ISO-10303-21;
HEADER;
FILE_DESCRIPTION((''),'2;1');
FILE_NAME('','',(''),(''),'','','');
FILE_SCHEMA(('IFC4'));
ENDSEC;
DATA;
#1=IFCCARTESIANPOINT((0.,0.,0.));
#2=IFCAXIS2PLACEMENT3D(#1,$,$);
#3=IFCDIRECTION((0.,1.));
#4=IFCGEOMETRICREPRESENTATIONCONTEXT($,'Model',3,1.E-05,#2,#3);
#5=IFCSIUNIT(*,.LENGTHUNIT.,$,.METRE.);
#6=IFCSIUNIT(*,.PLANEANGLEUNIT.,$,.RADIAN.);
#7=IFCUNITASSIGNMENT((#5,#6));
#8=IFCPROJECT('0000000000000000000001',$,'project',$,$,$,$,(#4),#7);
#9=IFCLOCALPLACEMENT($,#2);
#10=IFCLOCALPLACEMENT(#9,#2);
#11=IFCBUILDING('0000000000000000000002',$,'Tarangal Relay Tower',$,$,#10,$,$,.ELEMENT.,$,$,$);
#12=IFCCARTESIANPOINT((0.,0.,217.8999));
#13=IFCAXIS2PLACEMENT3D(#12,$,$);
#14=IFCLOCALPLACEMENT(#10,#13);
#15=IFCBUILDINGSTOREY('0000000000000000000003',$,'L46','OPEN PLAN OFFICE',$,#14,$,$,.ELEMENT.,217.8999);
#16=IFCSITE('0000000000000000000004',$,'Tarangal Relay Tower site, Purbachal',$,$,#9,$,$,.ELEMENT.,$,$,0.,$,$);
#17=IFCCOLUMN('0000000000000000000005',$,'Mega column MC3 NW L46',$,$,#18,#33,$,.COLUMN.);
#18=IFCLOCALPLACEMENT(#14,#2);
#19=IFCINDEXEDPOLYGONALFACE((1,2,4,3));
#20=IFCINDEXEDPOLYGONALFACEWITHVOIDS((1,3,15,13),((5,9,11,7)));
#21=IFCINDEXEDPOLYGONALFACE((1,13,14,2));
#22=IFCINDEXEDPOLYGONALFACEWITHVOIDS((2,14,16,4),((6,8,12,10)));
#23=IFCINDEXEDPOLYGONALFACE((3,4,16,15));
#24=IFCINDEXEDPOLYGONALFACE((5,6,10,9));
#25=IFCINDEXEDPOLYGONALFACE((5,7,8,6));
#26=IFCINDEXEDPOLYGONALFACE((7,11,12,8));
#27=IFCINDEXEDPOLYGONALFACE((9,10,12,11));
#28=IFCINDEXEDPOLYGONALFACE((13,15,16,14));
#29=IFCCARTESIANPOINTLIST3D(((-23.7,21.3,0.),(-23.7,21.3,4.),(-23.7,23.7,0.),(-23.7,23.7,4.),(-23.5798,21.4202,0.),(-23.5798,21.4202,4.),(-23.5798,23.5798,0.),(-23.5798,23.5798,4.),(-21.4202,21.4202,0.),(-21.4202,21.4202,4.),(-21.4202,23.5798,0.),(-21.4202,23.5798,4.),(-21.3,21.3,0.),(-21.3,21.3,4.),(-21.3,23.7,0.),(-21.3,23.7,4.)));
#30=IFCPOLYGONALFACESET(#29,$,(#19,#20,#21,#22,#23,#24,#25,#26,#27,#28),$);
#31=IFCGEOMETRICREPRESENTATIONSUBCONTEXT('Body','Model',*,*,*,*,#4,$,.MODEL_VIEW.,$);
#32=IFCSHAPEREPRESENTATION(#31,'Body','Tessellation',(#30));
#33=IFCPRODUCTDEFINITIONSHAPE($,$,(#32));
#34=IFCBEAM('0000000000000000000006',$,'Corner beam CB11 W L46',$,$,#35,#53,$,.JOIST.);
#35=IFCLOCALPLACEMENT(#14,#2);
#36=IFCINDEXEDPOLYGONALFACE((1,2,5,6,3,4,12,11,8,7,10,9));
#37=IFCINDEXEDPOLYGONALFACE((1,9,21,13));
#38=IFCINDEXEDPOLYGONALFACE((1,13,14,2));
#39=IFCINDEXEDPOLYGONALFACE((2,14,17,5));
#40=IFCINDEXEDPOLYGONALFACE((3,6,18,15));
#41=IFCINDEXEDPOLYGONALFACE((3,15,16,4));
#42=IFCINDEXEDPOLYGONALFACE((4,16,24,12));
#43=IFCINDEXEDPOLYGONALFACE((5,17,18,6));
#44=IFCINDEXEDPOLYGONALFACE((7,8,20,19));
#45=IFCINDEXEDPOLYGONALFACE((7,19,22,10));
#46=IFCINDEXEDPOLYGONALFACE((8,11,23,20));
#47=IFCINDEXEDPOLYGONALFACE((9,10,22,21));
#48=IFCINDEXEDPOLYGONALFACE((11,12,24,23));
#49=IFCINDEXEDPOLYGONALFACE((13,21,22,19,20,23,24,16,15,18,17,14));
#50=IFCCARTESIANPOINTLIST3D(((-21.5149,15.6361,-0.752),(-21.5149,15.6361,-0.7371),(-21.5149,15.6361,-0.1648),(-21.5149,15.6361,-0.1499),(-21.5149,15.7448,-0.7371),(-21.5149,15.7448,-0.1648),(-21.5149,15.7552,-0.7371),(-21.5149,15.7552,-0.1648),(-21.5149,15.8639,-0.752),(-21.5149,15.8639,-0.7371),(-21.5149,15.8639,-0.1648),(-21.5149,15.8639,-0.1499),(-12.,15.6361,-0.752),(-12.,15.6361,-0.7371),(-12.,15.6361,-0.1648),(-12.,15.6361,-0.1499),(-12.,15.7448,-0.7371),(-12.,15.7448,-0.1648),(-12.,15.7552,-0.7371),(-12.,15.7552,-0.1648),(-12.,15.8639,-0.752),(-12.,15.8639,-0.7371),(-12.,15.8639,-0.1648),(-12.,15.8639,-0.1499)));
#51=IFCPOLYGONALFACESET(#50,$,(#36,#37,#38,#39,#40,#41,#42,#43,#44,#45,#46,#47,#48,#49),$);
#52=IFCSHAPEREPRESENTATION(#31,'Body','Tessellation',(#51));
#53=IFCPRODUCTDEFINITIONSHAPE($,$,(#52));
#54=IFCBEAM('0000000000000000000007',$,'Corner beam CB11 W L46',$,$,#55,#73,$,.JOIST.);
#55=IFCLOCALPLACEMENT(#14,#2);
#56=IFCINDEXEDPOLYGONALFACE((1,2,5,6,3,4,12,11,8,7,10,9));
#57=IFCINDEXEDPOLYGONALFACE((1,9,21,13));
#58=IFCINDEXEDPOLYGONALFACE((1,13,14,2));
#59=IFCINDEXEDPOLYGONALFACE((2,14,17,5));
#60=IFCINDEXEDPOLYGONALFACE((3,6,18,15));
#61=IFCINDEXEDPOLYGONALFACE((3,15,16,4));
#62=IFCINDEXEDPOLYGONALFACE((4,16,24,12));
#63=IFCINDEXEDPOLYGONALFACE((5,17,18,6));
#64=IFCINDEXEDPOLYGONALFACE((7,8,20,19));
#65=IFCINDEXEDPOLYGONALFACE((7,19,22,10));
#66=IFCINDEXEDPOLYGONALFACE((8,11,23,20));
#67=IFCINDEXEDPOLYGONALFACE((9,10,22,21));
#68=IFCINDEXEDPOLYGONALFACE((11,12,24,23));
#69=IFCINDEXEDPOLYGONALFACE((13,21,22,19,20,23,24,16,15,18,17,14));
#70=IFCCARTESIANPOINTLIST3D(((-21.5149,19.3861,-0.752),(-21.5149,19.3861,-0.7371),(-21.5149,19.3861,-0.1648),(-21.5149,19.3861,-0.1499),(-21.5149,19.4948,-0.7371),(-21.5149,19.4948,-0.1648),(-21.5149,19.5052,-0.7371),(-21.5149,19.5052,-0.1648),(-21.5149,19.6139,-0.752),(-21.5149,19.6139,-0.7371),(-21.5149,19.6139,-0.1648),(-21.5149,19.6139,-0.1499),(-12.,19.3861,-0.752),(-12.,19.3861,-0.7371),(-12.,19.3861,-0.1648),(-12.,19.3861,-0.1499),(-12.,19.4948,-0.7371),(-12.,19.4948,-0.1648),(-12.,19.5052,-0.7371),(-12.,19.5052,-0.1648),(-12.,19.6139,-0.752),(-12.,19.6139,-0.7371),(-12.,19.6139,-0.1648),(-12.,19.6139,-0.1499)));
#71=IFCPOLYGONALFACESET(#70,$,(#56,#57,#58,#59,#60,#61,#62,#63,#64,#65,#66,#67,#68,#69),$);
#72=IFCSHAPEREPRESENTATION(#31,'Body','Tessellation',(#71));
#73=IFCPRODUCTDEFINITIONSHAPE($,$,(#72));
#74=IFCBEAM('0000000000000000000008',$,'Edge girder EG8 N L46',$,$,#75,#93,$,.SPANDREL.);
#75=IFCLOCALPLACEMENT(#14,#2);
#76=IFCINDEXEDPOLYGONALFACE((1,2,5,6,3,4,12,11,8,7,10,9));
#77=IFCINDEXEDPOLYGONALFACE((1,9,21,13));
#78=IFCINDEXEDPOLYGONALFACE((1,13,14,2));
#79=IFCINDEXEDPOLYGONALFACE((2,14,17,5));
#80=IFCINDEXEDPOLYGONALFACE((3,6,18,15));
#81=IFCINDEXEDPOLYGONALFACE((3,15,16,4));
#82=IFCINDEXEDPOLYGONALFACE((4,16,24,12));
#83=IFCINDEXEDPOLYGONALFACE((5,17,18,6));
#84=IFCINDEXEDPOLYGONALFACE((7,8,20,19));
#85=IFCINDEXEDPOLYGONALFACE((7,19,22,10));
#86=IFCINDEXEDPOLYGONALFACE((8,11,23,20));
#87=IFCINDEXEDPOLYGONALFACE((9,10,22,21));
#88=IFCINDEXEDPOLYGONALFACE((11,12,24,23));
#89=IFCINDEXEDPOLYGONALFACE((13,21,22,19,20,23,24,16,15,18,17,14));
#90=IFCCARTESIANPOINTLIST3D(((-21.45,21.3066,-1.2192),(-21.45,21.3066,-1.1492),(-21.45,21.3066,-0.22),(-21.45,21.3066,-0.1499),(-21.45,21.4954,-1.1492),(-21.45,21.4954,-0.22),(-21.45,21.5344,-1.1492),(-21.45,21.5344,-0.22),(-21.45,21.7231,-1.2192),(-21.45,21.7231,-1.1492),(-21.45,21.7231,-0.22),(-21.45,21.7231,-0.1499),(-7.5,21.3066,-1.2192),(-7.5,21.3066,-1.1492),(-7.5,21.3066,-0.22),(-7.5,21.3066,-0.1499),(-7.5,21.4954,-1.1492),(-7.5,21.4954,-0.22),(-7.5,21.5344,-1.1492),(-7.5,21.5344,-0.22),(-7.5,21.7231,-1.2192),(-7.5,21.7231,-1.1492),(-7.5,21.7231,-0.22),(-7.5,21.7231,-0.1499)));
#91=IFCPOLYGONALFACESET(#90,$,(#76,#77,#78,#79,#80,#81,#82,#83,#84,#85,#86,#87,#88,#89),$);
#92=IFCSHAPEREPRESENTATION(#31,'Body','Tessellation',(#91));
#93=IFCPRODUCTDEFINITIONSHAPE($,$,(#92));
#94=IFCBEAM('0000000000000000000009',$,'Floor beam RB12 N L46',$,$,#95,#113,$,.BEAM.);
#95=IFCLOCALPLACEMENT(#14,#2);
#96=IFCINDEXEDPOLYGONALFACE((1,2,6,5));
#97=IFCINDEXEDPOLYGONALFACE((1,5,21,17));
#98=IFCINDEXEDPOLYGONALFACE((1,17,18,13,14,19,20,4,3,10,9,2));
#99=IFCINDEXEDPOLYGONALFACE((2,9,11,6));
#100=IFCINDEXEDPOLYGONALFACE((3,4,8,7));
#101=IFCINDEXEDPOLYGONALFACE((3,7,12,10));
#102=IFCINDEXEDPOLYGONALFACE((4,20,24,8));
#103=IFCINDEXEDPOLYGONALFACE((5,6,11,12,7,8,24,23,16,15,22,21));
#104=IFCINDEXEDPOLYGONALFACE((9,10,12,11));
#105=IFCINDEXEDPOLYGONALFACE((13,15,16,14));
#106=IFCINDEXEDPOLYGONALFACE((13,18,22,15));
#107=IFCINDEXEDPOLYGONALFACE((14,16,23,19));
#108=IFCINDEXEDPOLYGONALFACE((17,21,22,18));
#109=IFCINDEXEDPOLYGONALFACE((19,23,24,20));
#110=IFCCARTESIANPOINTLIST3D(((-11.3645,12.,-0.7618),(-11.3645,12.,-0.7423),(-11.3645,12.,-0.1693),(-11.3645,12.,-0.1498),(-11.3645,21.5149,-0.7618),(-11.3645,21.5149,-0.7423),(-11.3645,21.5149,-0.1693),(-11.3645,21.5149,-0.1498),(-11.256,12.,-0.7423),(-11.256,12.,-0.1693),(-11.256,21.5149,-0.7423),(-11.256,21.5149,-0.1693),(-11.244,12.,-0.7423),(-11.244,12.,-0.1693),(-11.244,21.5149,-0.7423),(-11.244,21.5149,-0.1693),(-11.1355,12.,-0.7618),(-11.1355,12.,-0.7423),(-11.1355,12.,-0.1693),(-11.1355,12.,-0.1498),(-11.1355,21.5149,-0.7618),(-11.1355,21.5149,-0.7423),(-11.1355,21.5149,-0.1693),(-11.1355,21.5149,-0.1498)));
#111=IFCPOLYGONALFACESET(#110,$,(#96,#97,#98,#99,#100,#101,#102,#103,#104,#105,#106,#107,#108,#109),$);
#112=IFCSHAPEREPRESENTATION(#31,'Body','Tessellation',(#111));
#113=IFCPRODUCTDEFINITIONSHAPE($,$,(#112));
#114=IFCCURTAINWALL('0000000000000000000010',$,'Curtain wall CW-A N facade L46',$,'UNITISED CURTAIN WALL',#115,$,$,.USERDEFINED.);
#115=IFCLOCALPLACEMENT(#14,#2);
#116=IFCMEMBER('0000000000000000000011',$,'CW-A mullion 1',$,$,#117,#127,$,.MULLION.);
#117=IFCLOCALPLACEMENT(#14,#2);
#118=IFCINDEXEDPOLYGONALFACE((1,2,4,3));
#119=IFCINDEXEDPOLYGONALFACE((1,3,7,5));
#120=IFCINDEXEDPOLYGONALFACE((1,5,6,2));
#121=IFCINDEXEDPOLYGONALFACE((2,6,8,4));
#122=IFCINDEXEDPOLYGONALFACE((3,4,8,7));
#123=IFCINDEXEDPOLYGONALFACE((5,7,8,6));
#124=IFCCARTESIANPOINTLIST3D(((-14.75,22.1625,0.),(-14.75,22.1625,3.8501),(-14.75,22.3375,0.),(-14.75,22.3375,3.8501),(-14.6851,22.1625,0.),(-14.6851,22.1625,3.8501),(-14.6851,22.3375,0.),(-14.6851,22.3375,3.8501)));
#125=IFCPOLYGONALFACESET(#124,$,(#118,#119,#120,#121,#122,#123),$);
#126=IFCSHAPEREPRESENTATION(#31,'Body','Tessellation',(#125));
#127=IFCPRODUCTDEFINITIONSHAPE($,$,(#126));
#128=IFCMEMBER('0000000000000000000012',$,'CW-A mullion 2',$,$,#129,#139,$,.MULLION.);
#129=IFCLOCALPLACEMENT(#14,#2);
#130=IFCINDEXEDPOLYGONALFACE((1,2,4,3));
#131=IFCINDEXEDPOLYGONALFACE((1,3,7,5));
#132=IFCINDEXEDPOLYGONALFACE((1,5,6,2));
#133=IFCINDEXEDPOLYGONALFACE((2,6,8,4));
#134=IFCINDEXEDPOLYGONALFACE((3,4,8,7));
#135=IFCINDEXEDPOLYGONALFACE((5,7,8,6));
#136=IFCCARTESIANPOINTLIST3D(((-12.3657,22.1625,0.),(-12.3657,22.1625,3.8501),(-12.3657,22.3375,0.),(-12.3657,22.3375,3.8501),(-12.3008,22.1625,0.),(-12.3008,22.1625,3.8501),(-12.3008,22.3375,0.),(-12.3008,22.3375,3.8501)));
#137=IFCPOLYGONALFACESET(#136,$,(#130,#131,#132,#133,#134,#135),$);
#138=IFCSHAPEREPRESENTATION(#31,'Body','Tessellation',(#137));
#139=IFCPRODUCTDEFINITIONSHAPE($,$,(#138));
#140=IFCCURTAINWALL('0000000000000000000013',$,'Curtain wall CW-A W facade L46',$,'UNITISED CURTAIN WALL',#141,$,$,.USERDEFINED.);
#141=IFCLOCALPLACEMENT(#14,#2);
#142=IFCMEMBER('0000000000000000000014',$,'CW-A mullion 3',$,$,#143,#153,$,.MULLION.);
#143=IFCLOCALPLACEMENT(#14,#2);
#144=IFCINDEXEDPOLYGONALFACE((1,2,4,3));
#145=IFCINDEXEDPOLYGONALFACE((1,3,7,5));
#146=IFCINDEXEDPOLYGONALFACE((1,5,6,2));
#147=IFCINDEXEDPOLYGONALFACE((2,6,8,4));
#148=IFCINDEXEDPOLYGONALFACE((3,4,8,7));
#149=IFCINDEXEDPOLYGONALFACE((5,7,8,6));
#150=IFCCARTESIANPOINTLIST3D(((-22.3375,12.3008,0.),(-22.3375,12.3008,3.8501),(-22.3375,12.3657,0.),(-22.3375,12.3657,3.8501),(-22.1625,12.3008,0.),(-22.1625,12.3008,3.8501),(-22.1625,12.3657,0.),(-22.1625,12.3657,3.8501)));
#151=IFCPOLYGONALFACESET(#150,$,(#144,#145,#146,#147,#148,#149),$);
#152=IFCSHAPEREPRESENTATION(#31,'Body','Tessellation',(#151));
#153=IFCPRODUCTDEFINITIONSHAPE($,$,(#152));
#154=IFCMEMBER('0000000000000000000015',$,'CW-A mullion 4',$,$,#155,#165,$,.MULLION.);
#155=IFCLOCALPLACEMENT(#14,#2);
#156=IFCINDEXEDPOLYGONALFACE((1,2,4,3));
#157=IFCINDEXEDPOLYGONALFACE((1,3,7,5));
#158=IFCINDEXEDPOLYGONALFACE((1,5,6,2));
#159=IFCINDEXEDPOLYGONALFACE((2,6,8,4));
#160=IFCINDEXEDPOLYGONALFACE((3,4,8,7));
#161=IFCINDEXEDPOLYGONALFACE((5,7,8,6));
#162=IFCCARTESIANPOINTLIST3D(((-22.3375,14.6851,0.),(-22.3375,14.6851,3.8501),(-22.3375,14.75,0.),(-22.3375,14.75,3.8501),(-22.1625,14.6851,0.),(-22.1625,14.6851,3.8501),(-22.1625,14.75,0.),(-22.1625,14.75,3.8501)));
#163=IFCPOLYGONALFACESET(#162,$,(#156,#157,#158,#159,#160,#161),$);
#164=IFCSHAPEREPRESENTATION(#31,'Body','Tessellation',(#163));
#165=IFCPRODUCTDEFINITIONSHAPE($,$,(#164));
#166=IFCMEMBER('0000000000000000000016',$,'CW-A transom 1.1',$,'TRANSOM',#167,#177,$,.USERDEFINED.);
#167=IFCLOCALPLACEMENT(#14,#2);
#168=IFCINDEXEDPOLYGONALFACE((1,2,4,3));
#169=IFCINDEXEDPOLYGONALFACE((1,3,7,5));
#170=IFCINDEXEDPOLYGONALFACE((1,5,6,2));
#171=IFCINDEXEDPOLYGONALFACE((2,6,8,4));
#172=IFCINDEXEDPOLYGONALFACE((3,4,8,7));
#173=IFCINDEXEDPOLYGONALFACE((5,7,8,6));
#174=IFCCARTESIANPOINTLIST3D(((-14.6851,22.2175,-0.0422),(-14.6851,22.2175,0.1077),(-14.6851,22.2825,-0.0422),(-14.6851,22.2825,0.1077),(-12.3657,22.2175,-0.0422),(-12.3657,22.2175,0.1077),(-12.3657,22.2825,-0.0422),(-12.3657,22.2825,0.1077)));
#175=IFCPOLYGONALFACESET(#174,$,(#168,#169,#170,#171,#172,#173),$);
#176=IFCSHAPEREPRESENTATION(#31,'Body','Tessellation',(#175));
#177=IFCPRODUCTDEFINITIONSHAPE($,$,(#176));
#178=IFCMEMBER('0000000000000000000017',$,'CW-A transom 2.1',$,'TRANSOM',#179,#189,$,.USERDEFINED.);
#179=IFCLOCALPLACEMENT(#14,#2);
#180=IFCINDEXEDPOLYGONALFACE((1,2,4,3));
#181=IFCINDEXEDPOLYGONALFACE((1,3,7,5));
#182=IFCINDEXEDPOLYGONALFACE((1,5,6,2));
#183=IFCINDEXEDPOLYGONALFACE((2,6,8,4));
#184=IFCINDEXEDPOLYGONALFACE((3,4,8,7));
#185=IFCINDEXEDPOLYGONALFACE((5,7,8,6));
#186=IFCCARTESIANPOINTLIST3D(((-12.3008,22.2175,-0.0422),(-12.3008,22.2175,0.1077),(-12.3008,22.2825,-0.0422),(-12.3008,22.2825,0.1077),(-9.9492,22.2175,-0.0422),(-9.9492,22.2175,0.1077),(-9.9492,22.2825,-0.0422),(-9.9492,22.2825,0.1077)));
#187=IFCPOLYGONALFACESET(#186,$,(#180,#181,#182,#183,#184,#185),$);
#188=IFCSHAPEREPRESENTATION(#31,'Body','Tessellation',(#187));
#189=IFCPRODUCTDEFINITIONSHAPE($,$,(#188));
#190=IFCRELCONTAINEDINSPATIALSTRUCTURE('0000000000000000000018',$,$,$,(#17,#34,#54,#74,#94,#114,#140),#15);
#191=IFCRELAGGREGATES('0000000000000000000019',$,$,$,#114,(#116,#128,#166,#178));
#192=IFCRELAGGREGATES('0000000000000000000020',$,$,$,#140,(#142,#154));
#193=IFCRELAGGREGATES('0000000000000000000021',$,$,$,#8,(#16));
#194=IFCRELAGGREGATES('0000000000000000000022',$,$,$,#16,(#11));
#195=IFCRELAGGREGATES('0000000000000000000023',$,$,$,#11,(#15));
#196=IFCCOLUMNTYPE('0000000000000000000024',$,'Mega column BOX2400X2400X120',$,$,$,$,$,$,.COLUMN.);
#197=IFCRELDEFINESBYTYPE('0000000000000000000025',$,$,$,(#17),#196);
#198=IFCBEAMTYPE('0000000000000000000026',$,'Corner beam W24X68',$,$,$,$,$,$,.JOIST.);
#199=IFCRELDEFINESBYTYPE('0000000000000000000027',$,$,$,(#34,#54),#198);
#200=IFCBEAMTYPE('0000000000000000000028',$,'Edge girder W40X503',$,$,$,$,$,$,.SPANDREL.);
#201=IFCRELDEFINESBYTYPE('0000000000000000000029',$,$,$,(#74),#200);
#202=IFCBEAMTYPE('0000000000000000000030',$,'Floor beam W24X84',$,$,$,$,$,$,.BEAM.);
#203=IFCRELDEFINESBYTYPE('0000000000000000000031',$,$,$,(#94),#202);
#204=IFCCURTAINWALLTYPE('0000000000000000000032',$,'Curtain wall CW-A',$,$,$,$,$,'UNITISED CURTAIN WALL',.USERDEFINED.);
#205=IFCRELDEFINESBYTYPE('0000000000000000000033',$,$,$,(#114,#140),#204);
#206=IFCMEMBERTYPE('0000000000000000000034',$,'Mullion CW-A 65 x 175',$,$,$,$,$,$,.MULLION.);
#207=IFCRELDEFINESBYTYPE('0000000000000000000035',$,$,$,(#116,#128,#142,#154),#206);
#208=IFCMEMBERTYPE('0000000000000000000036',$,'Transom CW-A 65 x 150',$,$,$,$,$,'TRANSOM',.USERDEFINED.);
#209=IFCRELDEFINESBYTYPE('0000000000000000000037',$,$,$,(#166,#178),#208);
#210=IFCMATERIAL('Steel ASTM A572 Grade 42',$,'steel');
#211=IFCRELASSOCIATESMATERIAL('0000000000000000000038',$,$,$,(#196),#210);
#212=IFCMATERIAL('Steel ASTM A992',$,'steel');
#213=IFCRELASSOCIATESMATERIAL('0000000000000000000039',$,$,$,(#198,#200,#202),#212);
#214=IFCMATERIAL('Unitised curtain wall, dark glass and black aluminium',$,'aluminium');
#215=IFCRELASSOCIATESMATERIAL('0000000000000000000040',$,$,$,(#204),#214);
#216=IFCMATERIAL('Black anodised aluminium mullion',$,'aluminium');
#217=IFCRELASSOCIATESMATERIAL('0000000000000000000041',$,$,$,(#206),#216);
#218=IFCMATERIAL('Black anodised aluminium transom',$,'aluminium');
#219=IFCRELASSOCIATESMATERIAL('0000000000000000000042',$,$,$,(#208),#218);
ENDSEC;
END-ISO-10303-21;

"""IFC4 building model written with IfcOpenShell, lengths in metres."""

from ifc_helpers import new_model, si_unit, direction, frame, origin, origin_2d, place, context, subcontext, project, spatial, rectangle, hollow_rectangle, i_section, extrude, material, material_profile, profile_set, type_object, element, aggregate, save


model = new_model("IFC4")

# Units and contexts
model_context = context("Model", 3, precision=1e-05, world=origin(), true_north=direction((0.0, 1.0)))
body_context = subcontext(model_context, "Body", "Model", "MODEL_VIEW")
ifc_project = project(units=[si_unit("LENGTHUNIT", "METRE"), si_unit("PLANEANGLEUNIT", "RADIAN")], contexts=[model_context])

# Site, building, storey
site_placement = place(None, origin())
site = spatial("IfcSite", under=ifc_project, at=site_placement, Name="Tarangal Relay Tower site, Purbachal", CompositionType="ELEMENT", RefElevation=0.0)
building_placement = place(site_placement, origin())
building = spatial("IfcBuilding", under=site, at=building_placement, Name="Tarangal Relay Tower", CompositionType="ELEMENT")
storey_placement = place(building_placement, frame((0.0, 0.0, 217.8999)))
storey = spatial("IfcBuildingStorey", under=building, at=storey_placement, Name="L46", Description="OPEN PLAN OFFICE", CompositionType="ELEMENT", Elevation=217.8999)

# Column
ifc_material_1 = material(Name="Steel ASTM A572 Grade 42", Category="steel")
ifc_material_profile_1 = material_profile(ifc_material_1, hollow_rectangle(XDim=2.3999, YDim=2.3999, WallThickness=0.1201, at=origin_2d()), Name="BOX2400X2400X120")
ifc_profile_set_1 = profile_set([ifc_material_profile_1], Name="Steel ASTM A572 Grade 42")
column_type = type_object("IfcColumnType", Name="Mega column BOX2400X2400X120", PredefinedType="COLUMN", material=ifc_profile_set_1)
column_placement = place(storey_placement, frame((-22.5, 22.5, 0.0), z_axis=(0.0, 0.0, 1.0), x_axis=(1.0, 0.0, 0.0)))
element("IfcColumn", 1, at=column_placement, inside=storey, type_object=column_type, Name="Mega column MC3 NW L46", PredefinedType="COLUMN", context=body_context, shape_type="SweptSolid", body=[
    extrude(hollow_rectangle(XDim=2.3999, YDim=2.3999, WallThickness=0.1201, at=origin_2d()), origin(), (0.0, 0.0, 1.0), 4.0),
])

# Beams
ifc_material_2 = material(Name="Steel ASTM A992", Category="steel")
ifc_material_profile_2 = material_profile(ifc_material_2, i_section(OverallWidth=0.2278, OverallDepth=0.6021, WebThickness=0.0105, FlangeThickness=0.0149, at=origin_2d()), Name="W24X68")
ifc_profile_set_2 = profile_set([ifc_material_profile_2], Name="Steel ASTM A992")
beam_type_1 = type_object("IfcBeamType", Name="Corner beam W24X68", PredefinedType="JOIST", material=ifc_profile_set_2)
for number, where, z_axis, x_axis, name in (
    (2, (-12.0, 15.75, -0.4509), (-1.0, 0.0, 0.0), (0.0, -1.0, 0.0), "Corner beam CB11 W L46"),
    (3, (-12.0, 19.5, -0.4509), (-1.0, 0.0, 0.0), (0.0, -1.0, 0.0), "Corner beam CB11 W L46"),
):
    element("IfcBeam", number, at=place(storey_placement, frame(where, z_axis=z_axis, x_axis=x_axis)), inside=storey, type_object=beam_type_1, Name=name, PredefinedType="JOIST", context=body_context, shape_type="SweptSolid", body=[
        extrude(i_section(OverallWidth=0.2278, OverallDepth=0.6021, WebThickness=0.0105, FlangeThickness=0.0149, at=origin_2d()), origin(), (0.0, 0.0, 1.0), 9.5149),
    ])
ifc_material_profile_3 = material_profile(ifc_material_2, i_section(OverallWidth=0.4165, OverallDepth=1.0693, WebThickness=0.0391, FlangeThickness=0.0701, at=origin_2d()), Name="W40X503")
ifc_profile_set_3 = profile_set([ifc_material_profile_3], Name="Steel ASTM A992")
beam_type_2 = type_object("IfcBeamType", Name="Edge girder W40X503", PredefinedType="SPANDREL", material=ifc_profile_set_3)
beam_1_placement = place(storey_placement, frame((-21.45, 21.5149, -0.6846), z_axis=(1.0, 0.0, 0.0), x_axis=(0.0, 1.0, 0.0)))
element("IfcBeam", 4, at=beam_1_placement, inside=storey, type_object=beam_type_2, Name="Edge girder EG8 N L46", PredefinedType="SPANDREL", context=body_context, shape_type="SweptSolid", body=[
    extrude(i_section(OverallWidth=0.4165, OverallDepth=1.0693, WebThickness=0.0391, FlangeThickness=0.0701, at=origin_2d()), origin(), (0.0, 0.0, 1.0), 13.95),
])
ifc_material_profile_4 = material_profile(ifc_material_2, i_section(OverallWidth=0.229, OverallDepth=0.6121, WebThickness=0.012, FlangeThickness=0.0195, at=origin_2d()), Name="W24X84")
ifc_profile_set_4 = profile_set([ifc_material_profile_4], Name="Steel ASTM A992")
beam_type_3 = type_object("IfcBeamType", Name="Floor beam W24X84", PredefinedType="BEAM", material=ifc_profile_set_4)
beam_2_placement = place(storey_placement, frame((-11.25, 12.0, -0.4558), z_axis=(0.0, 1.0, 0.0), x_axis=(-1.0, 0.0, 0.0)))
element("IfcBeam", 5, at=beam_2_placement, inside=storey, type_object=beam_type_3, Name="Floor beam RB12 N L46", PredefinedType="BEAM", context=body_context, shape_type="SweptSolid", body=[
    extrude(i_section(OverallWidth=0.229, OverallDepth=0.6121, WebThickness=0.012, FlangeThickness=0.0195, at=origin_2d()), origin(), (0.0, 0.0, 1.0), 9.5149),
])

# Curtain walls, members
ifc_material_3 = material(Name="Unitised curtain wall, dark glass and black aluminium", Category="aluminium")
curtain_wall_type = type_object("IfcCurtainWallType", Name="Curtain wall CW-A", ElementType="UNITISED CURTAIN WALL", PredefinedType="USERDEFINED", material=ifc_material_3)
curtain_wall_1_placement = place(storey_placement, origin())
curtain_wall_1 = element("IfcCurtainWall", 6, at=curtain_wall_1_placement, inside=storey, type_object=curtain_wall_type, Name="Curtain wall CW-A N facade L46", ObjectType="UNITISED CURTAIN WALL", PredefinedType="USERDEFINED")
ifc_material_4 = material(Name="Black anodised aluminium mullion", Category="aluminium")
ifc_material_profile_5 = material_profile(ifc_material_4, rectangle(XDim=0.175, YDim=0.0649, at=origin_2d()), Name="CW-AM 65X175")
ifc_profile_set_5 = profile_set([ifc_material_profile_5], Name="Black anodised aluminium mullion")
member_type_1 = type_object("IfcMemberType", Name="Mullion CW-A 65 x 175", PredefinedType="MULLION", material=ifc_profile_set_5)
member_1_placement = place(storey_placement, frame((-14.7175, 22.25, 0.0), z_axis=(0.0, 0.0, 1.0), x_axis=(0.0, 1.0, 0.0)))
member_1 = element("IfcMember", 7, at=member_1_placement, type_object=member_type_1, Name="CW-A mullion 1", PredefinedType="MULLION", context=body_context, shape_type="SweptSolid", body=[
    extrude(rectangle(XDim=0.175, YDim=0.0649, at=origin_2d()), origin(), (0.0, 0.0, 1.0), 3.8501),
])
member_2_placement = place(storey_placement, frame((-12.3333, 22.25, 0.0), z_axis=(0.0, 0.0, 1.0), x_axis=(0.0, 1.0, 0.0)))
member_2 = element("IfcMember", 8, at=member_2_placement, type_object=member_type_1, Name="CW-A mullion 2", PredefinedType="MULLION", context=body_context, shape_type="SweptSolid", body=[
    extrude(rectangle(XDim=0.175, YDim=0.0649, at=origin_2d()), origin(), (0.0, 0.0, 1.0), 3.8501),
])
curtain_wall_2_placement = place(storey_placement, origin())
curtain_wall_2 = element("IfcCurtainWall", 9, at=curtain_wall_2_placement, inside=storey, type_object=curtain_wall_type, Name="Curtain wall CW-A W facade L46", ObjectType="UNITISED CURTAIN WALL", PredefinedType="USERDEFINED")
member_3_placement = place(storey_placement, frame((-22.25, 12.3333, 0.0), z_axis=(0.0, 0.0, 1.0), x_axis=(-1.0, 0.0, 0.0)))
member_3 = element("IfcMember", 10, at=member_3_placement, type_object=member_type_1, Name="CW-A mullion 3", PredefinedType="MULLION", context=body_context, shape_type="SweptSolid", body=[
    extrude(rectangle(XDim=0.175, YDim=0.0649, at=origin_2d()), origin(), (0.0, 0.0, 1.0), 3.8501),
])
member_4_placement = place(storey_placement, frame((-22.25, 14.7175, 0.0), z_axis=(0.0, 0.0, 1.0), x_axis=(-1.0, 0.0, 0.0)))
member_4 = element("IfcMember", 11, at=member_4_placement, type_object=member_type_1, Name="CW-A mullion 4", PredefinedType="MULLION", context=body_context, shape_type="SweptSolid", body=[
    extrude(rectangle(XDim=0.175, YDim=0.0649, at=origin_2d()), origin(), (0.0, 0.0, 1.0), 3.8501),
])

# Members
ifc_material_5 = material(Name="Black anodised aluminium transom", Category="aluminium")
ifc_material_profile_6 = material_profile(ifc_material_5, rectangle(XDim=0.0649, YDim=0.1499, at=origin_2d()), Name="CW-AT 65X150")
ifc_profile_set_6 = profile_set([ifc_material_profile_6], Name="Black anodised aluminium transom")
member_type_2 = type_object("IfcMemberType", Name="Transom CW-A 65 x 150", ElementType="TRANSOM", PredefinedType="USERDEFINED", material=ifc_profile_set_6)
member_5_placement = place(storey_placement, frame((-14.6851, 22.25, 0.0327), z_axis=(1.0, 0.0, 0.0), x_axis=(0.0, 1.0, 0.0)))
member_5 = element("IfcMember", 12, at=member_5_placement, type_object=member_type_2, Name="CW-A transom 1.1", ObjectType="TRANSOM", PredefinedType="USERDEFINED", context=body_context, shape_type="SweptSolid", body=[
    extrude(rectangle(XDim=0.0649, YDim=0.1499, at=origin_2d()), origin(), (0.0, 0.0, 1.0), 2.3193),
])
member_6_placement = place(storey_placement, frame((-12.3008, 22.25, 0.0327), z_axis=(1.0, 0.0, 0.0), x_axis=(0.0, 1.0, 0.0)))
member_6 = element("IfcMember", 13, at=member_6_placement, type_object=member_type_2, Name="CW-A transom 2.1", ObjectType="TRANSOM", PredefinedType="USERDEFINED", context=body_context, shape_type="SweptSolid", body=[
    extrude(rectangle(XDim=0.0649, YDim=0.1499, at=origin_2d()), origin(), (0.0, 0.0, 1.0), 2.3516),
])

aggregate(curtain_wall_1, [member_1, member_2, member_5, member_6])
aggregate(curtain_wall_2, [member_3, member_4])

save(model, "model.ifc")
